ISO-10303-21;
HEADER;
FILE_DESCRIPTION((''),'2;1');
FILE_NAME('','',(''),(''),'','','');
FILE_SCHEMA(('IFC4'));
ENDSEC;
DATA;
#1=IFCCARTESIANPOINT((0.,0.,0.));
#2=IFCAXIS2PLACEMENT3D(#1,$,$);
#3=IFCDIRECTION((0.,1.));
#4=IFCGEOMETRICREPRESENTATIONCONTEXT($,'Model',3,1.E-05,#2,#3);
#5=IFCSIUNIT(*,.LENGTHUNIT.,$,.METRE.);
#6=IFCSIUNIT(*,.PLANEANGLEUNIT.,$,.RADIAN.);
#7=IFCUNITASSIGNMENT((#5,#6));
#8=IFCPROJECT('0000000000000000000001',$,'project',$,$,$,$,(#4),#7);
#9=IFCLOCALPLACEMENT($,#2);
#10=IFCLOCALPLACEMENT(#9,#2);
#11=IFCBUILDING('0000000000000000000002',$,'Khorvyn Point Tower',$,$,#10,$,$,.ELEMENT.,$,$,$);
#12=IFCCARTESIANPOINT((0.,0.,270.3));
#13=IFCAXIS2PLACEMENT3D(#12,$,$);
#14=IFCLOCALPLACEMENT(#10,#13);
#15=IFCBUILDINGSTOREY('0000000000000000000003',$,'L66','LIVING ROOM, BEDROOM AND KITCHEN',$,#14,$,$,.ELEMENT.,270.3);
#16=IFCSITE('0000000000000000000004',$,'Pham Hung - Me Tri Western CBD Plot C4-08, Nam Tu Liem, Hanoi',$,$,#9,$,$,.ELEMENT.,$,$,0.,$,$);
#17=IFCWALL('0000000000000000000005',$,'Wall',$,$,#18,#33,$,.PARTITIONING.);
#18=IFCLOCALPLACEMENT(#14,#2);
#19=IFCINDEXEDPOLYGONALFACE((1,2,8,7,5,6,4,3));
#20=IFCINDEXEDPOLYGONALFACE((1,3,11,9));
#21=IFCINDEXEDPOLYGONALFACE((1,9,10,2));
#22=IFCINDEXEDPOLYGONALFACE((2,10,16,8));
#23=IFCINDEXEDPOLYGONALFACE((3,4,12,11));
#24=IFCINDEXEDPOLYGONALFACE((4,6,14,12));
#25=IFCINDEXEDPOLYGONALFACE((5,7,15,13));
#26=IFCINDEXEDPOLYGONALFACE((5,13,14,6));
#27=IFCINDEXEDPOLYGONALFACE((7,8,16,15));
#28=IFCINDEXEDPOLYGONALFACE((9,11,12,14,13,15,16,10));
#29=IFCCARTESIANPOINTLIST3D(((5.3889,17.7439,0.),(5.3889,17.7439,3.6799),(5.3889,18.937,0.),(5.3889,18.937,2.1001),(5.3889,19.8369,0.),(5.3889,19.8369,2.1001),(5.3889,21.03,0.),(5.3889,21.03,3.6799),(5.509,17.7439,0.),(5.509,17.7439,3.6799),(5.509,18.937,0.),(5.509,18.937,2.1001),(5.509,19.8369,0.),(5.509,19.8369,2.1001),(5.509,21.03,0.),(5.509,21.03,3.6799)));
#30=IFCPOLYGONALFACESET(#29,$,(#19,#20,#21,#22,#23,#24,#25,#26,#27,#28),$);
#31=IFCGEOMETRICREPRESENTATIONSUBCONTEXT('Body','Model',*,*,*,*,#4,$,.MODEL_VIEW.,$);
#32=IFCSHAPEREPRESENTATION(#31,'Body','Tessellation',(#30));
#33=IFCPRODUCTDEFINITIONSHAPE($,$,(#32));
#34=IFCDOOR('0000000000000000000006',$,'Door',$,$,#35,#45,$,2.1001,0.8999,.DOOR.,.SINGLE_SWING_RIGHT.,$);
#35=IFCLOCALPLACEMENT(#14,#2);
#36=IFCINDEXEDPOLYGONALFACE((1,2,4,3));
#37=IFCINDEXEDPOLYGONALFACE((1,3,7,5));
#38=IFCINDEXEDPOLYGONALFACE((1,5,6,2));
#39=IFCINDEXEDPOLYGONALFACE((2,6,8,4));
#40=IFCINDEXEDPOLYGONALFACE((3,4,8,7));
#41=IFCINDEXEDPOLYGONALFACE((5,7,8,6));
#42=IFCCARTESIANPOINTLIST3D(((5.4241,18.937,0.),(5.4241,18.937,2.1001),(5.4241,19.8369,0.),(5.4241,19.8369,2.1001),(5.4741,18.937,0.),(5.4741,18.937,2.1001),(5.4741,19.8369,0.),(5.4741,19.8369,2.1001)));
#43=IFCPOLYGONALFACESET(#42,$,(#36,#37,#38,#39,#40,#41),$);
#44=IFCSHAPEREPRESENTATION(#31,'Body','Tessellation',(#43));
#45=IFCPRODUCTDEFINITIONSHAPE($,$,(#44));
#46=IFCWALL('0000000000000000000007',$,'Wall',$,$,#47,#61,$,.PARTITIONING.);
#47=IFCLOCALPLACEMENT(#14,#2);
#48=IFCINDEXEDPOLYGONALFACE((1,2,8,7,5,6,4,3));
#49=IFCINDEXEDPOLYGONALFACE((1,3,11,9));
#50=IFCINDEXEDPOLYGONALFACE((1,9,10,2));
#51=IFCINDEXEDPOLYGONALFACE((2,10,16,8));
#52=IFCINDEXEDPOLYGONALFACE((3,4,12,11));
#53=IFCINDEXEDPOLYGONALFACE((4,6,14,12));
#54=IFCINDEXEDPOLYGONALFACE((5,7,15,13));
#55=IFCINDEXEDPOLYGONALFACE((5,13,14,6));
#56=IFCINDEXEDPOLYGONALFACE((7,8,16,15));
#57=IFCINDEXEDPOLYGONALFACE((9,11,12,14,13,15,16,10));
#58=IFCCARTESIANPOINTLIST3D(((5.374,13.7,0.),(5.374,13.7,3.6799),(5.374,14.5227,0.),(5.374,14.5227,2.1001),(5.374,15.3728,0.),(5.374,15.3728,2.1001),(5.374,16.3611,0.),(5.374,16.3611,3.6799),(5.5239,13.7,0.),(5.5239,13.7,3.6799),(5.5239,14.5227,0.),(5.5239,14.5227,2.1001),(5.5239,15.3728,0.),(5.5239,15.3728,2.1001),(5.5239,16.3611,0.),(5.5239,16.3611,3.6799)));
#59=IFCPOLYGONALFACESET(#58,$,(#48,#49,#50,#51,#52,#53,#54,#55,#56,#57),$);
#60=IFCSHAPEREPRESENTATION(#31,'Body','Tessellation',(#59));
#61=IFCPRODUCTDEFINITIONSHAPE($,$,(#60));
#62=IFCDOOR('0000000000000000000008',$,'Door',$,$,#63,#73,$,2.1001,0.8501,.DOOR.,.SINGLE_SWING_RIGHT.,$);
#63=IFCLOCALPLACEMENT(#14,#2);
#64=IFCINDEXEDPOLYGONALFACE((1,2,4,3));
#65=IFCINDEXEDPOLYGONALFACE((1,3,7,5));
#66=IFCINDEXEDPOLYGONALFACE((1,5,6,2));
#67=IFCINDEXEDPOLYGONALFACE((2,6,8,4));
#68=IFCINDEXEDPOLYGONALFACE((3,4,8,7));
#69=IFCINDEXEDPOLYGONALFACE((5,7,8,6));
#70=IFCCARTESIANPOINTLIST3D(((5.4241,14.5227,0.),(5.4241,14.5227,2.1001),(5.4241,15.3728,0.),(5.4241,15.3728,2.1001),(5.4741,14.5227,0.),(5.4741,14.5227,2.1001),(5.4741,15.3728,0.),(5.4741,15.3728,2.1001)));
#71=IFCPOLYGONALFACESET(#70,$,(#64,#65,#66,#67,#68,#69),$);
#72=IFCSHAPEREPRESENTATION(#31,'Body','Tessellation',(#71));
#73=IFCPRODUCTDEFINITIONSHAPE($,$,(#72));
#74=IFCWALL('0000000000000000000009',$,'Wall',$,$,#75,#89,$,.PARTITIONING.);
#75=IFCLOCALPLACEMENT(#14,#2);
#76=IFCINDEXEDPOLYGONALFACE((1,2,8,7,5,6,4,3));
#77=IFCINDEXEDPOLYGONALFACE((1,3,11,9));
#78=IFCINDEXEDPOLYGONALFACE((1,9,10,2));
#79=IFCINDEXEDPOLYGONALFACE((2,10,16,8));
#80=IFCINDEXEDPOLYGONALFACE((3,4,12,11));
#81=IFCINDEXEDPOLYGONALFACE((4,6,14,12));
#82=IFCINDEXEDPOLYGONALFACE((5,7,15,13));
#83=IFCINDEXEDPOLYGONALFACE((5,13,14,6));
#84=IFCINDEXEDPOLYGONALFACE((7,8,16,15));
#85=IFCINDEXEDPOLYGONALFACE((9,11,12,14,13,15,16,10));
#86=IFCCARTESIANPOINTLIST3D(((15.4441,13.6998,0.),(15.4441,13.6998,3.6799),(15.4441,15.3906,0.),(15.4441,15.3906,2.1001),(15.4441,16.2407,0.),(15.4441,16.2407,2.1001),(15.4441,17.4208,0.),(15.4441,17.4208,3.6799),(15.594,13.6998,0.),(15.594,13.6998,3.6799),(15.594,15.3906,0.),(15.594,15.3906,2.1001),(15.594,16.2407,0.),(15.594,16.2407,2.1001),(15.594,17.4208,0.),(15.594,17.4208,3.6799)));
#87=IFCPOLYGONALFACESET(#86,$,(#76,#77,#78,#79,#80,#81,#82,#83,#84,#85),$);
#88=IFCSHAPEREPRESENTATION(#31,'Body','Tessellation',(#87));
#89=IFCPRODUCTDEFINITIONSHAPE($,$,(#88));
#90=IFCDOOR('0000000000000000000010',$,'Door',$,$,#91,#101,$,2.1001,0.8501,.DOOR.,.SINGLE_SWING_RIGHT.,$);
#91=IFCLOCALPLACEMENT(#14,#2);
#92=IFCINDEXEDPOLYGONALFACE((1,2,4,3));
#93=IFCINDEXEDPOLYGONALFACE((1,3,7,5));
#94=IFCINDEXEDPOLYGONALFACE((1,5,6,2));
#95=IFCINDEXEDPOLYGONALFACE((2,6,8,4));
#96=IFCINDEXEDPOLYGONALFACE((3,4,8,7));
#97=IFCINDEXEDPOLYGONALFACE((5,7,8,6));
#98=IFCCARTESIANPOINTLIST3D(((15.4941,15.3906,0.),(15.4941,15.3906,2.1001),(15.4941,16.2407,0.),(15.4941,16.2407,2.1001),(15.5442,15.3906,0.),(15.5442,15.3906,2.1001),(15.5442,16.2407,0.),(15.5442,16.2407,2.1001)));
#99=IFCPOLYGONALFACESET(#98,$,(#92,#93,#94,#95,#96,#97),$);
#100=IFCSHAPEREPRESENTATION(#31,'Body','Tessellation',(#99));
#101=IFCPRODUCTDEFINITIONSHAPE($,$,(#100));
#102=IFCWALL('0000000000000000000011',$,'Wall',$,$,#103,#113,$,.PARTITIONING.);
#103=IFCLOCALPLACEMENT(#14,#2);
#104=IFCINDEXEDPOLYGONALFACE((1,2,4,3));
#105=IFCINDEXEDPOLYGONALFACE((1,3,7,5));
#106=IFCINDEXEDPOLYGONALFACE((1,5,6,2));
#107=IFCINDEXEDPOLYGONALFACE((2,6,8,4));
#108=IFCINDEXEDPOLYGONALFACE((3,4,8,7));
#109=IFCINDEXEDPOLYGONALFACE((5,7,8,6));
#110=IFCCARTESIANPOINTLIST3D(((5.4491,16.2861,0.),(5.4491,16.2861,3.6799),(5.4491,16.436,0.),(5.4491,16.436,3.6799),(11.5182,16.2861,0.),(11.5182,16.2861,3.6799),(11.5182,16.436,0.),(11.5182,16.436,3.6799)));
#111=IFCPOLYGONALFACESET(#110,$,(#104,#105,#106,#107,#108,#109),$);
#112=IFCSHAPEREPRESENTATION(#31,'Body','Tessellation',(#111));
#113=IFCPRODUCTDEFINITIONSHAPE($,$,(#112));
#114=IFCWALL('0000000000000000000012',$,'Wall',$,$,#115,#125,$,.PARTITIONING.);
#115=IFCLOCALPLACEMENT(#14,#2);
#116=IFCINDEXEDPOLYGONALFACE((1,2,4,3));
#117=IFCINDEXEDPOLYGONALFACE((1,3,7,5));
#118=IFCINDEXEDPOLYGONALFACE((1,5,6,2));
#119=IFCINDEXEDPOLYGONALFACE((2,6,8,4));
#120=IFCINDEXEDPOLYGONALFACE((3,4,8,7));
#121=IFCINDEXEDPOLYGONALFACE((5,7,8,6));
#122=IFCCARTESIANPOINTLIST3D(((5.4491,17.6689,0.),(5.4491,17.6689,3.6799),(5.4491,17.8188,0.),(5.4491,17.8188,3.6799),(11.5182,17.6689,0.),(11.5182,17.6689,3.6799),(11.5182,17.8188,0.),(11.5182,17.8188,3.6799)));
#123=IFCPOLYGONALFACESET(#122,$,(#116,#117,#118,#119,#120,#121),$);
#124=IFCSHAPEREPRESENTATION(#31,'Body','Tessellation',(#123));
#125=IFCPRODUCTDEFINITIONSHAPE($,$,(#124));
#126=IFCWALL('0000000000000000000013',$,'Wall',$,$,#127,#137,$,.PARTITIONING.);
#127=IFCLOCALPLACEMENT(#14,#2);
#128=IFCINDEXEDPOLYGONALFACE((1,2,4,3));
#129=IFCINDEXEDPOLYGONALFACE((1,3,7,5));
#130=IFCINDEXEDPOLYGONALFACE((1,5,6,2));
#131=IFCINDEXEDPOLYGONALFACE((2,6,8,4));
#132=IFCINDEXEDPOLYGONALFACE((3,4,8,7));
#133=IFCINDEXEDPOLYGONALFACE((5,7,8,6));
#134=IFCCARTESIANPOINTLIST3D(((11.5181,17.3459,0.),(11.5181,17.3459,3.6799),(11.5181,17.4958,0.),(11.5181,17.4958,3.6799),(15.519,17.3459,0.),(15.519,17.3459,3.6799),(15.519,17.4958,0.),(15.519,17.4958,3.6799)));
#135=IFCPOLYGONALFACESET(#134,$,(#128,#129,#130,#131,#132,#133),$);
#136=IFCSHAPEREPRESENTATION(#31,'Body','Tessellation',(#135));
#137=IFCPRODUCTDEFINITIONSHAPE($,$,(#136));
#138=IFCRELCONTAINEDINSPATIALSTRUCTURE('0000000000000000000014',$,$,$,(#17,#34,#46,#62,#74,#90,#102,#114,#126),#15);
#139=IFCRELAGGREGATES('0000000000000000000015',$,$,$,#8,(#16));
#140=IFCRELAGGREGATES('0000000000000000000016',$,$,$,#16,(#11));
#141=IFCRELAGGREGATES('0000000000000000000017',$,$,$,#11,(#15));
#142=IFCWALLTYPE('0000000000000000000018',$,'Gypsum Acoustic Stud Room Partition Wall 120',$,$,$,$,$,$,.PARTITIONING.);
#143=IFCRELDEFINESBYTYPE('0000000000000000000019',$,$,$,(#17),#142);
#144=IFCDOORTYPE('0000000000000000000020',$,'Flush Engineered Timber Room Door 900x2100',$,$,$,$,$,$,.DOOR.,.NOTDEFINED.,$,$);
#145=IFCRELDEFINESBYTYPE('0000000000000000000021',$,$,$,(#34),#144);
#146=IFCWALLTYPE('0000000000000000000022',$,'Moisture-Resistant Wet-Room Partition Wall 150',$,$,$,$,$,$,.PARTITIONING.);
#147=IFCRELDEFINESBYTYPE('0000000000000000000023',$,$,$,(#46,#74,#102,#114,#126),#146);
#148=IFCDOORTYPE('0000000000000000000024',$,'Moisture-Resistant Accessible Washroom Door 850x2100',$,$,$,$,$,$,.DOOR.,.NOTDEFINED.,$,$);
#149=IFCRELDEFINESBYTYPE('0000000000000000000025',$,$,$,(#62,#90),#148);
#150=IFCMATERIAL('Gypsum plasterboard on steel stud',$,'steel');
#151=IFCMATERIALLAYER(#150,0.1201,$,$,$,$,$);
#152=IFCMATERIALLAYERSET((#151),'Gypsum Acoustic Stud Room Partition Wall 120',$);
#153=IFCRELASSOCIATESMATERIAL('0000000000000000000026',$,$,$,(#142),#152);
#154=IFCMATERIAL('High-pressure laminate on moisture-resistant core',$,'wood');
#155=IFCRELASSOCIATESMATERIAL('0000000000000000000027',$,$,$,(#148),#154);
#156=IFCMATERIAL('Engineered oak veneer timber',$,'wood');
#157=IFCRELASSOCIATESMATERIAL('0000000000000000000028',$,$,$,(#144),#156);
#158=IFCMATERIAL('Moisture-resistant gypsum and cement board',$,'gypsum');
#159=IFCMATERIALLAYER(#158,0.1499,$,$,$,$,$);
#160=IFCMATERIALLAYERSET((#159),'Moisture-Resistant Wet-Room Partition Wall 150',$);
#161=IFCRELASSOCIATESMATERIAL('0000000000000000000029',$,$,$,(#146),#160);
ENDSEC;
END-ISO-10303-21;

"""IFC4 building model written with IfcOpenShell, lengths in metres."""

from ifc_helpers import new_model, si_unit, direction, frame, frame_2d, origin, place, context, subcontext, project, spatial, rectangle, extrude, material, layer, layer_set, type_object, element, fill, save


model = new_model("IFC4")

# Units and contexts
model_context = context("Model", 3, precision=1e-05, world=origin(), true_north=direction((0.0, 1.0)))
body_context = subcontext(model_context, "Body", "Model", "MODEL_VIEW")
ifc_project = project(units=[si_unit("LENGTHUNIT", "METRE"), si_unit("PLANEANGLEUNIT", "RADIAN")], contexts=[model_context])

# Site, building, storey
site_placement = place(None, origin())
site = spatial("IfcSite", under=ifc_project, at=site_placement, Name="Pham Hung - Me Tri Western CBD Plot C4-08, Nam Tu Liem, Hanoi", CompositionType="ELEMENT", RefElevation=0.0)
building_placement = place(site_placement, origin())
building = spatial("IfcBuilding", under=site, at=building_placement, Name="Khorvyn Point Tower", CompositionType="ELEMENT")
storey_placement = place(building_placement, frame((0.0, 0.0, 270.3)))
storey = spatial("IfcBuildingStorey", under=building, at=storey_placement, Name="L66", Description="LIVING ROOM, BEDROOM AND KITCHEN", CompositionType="ELEMENT", Elevation=270.3)

# Walls, openings, doors
ifc_material_1 = material(Name="Gypsum plasterboard on steel stud", Category="steel")
ifc_layer_1 = layer(ifc_material_1, 0.1201)
ifc_layer_set_1 = layer_set([ifc_layer_1], Name="Gypsum Acoustic Stud Room Partition Wall 120")
wall_type_1 = type_object("IfcWallType", Name="Gypsum Acoustic Stud Room Partition Wall 120", PredefinedType="PARTITIONING", material=ifc_layer_set_1)
ifc_material_2 = material(Name="High-pressure laminate on moisture-resistant core", Category="wood")
door_type_1 = type_object("IfcDoorType", Name="Moisture-Resistant Accessible Washroom Door 850x2100", OperationType="NOTDEFINED", PredefinedType="DOOR", material=ifc_material_2)
wall_1_placement = place(storey_placement, frame((5.449, 17.7439, 0.0), z_axis=(0.0, 0.0, 1.0), x_axis=(0.0, 1.0, 0.0)))
wall_1 = element("IfcWall", 1, at=wall_1_placement, inside=storey, type_object=wall_type_1, Name="Wall", PredefinedType="PARTITIONING", context=body_context, shape_type="SweptSolid", body=[
    extrude(rectangle(XDim=3.2861, YDim=0.1201, at=frame_2d((1.6431, 0.0))), origin(), (0.0, 0.0, 1.0), 3.6799),
])
opening_1_placement = place(wall_1_placement, frame((1.1931, 0.0, 0.0)))
opening_1 = element("IfcOpeningElement", 2, at=opening_1_placement, cuts=wall_1, PredefinedType="OPENING", context=body_context, shape_type="SweptSolid", body=[
    extrude(rectangle(XDim=0.8999, YDim=2.1001, at=frame_2d((0.45, 1.05))), frame((0.0, 0.0701, 0.0), z_axis=(0.0, -1.0, 0.0), x_axis=(1.0, 0.0, 0.0)), (0.0, 0.0, 1.0), 0.1401),
])
ifc_material_3 = material(Name="Engineered oak veneer timber", Category="wood")
door_type_2 = type_object("IfcDoorType", Name="Flush Engineered Timber Room Door 900x2100", OperationType="NOTDEFINED", PredefinedType="DOOR", material=ifc_material_3)
door_1_placement = place(opening_1_placement, origin())
door_1 = element("IfcDoor", 3, at=door_1_placement, inside=storey, type_object=door_type_2, Name="Door", OperationType="SINGLE_SWING_RIGHT", OverallHeight=2.1001, OverallWidth=0.8999, PredefinedType="DOOR", context=body_context, shape_type="SweptSolid", body=[
    extrude(rectangle(XDim=0.8999, YDim=2.1001, at=frame_2d((0.45, 1.05))), frame((0.0, 0.0249, 0.0), z_axis=(0.0, -1.0, 0.0), x_axis=(1.0, 0.0, 0.0)), (0.0, 0.0, 1.0), 0.05),
])
fill(opening_1, door_1)
ifc_material_4 = material(Name="Moisture-resistant gypsum and cement board", Category="gypsum")
ifc_layer_2 = layer(ifc_material_4, 0.1499)
ifc_layer_set_2 = layer_set([ifc_layer_2], Name="Moisture-Resistant Wet-Room Partition Wall 150")
wall_type_2 = type_object("IfcWallType", Name="Moisture-Resistant Wet-Room Partition Wall 150", PredefinedType="PARTITIONING", material=ifc_layer_set_2)
wall_2_placement = place(storey_placement, frame((5.449, 13.7, 0.0), z_axis=(0.0, 0.0, 1.0), x_axis=(0.0, 1.0, 0.0)))
wall_2 = element("IfcWall", 4, at=wall_2_placement, inside=storey, type_object=wall_type_2, Name="Wall", PredefinedType="PARTITIONING", context=body_context, shape_type="SweptSolid", body=[
    extrude(rectangle(XDim=2.6611, YDim=0.1499, at=frame_2d((1.3306, 0.0))), origin(), (0.0, 0.0, 1.0), 3.6799),
])
opening_2_placement = place(wall_2_placement, frame((0.8228, 0.0, 0.0)))
opening_2 = element("IfcOpeningElement", 5, at=opening_2_placement, cuts=wall_2, PredefinedType="OPENING", context=body_context, shape_type="SweptSolid", body=[
    extrude(rectangle(XDim=0.8501, YDim=2.1001, at=frame_2d((0.425, 1.05))), frame((0.0, 0.085, 0.0), z_axis=(0.0, -1.0, 0.0), x_axis=(1.0, 0.0, 0.0)), (0.0, 0.0, 1.0), 0.1699),
])
door_2_placement = place(opening_2_placement, origin())
door_2 = element("IfcDoor", 6, at=door_2_placement, inside=storey, type_object=door_type_1, Name="Door", OperationType="SINGLE_SWING_RIGHT", OverallHeight=2.1001, OverallWidth=0.8501, PredefinedType="DOOR", context=body_context, shape_type="SweptSolid", body=[
    extrude(rectangle(XDim=0.8501, YDim=2.1001, at=frame_2d((0.425, 1.05))), frame((0.0, 0.0249, 0.0), z_axis=(0.0, -1.0, 0.0), x_axis=(1.0, 0.0, 0.0)), (0.0, 0.0, 1.0), 0.05),
])
fill(opening_2, door_2)
wall_3_placement = place(storey_placement, frame((15.519, 13.7, 0.0), z_axis=(0.0, 0.0, 1.0), x_axis=(0.0, 1.0, 0.0)))
wall_3 = element("IfcWall", 7, at=wall_3_placement, inside=storey, type_object=wall_type_2, Name="Wall", PredefinedType="PARTITIONING", context=body_context, shape_type="SweptSolid", body=[
    extrude(rectangle(XDim=3.7209, YDim=0.1499, at=frame_2d((1.8604, 0.0))), origin(), (0.0, 0.0, 1.0), 3.6799),
])
opening_3_placement = place(wall_3_placement, frame((1.6907, 0.0, 0.0)))
opening_3 = element("IfcOpeningElement", 8, at=opening_3_placement, cuts=wall_3, PredefinedType="OPENING", context=body_context, shape_type="SweptSolid", body=[
    extrude(rectangle(XDim=0.8501, YDim=2.1001, at=frame_2d((0.425, 1.05))), frame((0.0, 0.085, 0.0), z_axis=(0.0, -1.0, 0.0), x_axis=(1.0, 0.0, 0.0)), (0.0, 0.0, 1.0), 0.1699),
])
door_3_placement = place(opening_3_placement, origin())
door_3 = element("IfcDoor", 9, at=door_3_placement, inside=storey, type_object=door_type_1, Name="Door", OperationType="SINGLE_SWING_RIGHT", OverallHeight=2.1001, OverallWidth=0.8501, PredefinedType="DOOR", context=body_context, shape_type="SweptSolid", body=[
    extrude(rectangle(XDim=0.8501, YDim=2.1001, at=frame_2d((0.425, 1.05))), frame((0.0, 0.0249, 0.0), z_axis=(0.0, -1.0, 0.0), x_axis=(1.0, 0.0, 0.0)), (0.0, 0.0, 1.0), 0.05),
])
fill(opening_3, door_3)

# Walls
for number, where, z_axis, x_axis, name in (
    (10, (5.449, 16.3611, 0.0), (0.0, 0.0, 1.0), (1.0, 0.0, 0.0), "Wall"),
    (11, (5.449, 17.7439, 0.0), (0.0, 0.0, 1.0), (1.0, 0.0, 0.0), "Wall"),
):
    element("IfcWall", number, at=place(storey_placement, frame(where, z_axis=z_axis, x_axis=x_axis)), inside=storey, type_object=wall_type_2, Name=name, PredefinedType="PARTITIONING", context=body_context, shape_type="SweptSolid", body=[
        extrude(rectangle(XDim=6.0691, YDim=0.1499, at=frame_2d((3.0347, 0.0))), origin(), (0.0, 0.0, 1.0), 3.6799),
    ])
wall_4_placement = place(storey_placement, frame((11.5181, 17.4209, 0.0), z_axis=(0.0, 0.0, 1.0), x_axis=(1.0, 0.0, 0.0)))
element("IfcWall", 12, at=wall_4_placement, inside=storey, type_object=wall_type_2, Name="Wall", PredefinedType="PARTITIONING", context=body_context, shape_type="SweptSolid", body=[
    extrude(rectangle(XDim=4.001, YDim=0.1499, at=frame_2d((2.0005, 0.0))), origin(), (0.0, 0.0, 1.0), 3.6799),
])

save(model, "model.ifc")
